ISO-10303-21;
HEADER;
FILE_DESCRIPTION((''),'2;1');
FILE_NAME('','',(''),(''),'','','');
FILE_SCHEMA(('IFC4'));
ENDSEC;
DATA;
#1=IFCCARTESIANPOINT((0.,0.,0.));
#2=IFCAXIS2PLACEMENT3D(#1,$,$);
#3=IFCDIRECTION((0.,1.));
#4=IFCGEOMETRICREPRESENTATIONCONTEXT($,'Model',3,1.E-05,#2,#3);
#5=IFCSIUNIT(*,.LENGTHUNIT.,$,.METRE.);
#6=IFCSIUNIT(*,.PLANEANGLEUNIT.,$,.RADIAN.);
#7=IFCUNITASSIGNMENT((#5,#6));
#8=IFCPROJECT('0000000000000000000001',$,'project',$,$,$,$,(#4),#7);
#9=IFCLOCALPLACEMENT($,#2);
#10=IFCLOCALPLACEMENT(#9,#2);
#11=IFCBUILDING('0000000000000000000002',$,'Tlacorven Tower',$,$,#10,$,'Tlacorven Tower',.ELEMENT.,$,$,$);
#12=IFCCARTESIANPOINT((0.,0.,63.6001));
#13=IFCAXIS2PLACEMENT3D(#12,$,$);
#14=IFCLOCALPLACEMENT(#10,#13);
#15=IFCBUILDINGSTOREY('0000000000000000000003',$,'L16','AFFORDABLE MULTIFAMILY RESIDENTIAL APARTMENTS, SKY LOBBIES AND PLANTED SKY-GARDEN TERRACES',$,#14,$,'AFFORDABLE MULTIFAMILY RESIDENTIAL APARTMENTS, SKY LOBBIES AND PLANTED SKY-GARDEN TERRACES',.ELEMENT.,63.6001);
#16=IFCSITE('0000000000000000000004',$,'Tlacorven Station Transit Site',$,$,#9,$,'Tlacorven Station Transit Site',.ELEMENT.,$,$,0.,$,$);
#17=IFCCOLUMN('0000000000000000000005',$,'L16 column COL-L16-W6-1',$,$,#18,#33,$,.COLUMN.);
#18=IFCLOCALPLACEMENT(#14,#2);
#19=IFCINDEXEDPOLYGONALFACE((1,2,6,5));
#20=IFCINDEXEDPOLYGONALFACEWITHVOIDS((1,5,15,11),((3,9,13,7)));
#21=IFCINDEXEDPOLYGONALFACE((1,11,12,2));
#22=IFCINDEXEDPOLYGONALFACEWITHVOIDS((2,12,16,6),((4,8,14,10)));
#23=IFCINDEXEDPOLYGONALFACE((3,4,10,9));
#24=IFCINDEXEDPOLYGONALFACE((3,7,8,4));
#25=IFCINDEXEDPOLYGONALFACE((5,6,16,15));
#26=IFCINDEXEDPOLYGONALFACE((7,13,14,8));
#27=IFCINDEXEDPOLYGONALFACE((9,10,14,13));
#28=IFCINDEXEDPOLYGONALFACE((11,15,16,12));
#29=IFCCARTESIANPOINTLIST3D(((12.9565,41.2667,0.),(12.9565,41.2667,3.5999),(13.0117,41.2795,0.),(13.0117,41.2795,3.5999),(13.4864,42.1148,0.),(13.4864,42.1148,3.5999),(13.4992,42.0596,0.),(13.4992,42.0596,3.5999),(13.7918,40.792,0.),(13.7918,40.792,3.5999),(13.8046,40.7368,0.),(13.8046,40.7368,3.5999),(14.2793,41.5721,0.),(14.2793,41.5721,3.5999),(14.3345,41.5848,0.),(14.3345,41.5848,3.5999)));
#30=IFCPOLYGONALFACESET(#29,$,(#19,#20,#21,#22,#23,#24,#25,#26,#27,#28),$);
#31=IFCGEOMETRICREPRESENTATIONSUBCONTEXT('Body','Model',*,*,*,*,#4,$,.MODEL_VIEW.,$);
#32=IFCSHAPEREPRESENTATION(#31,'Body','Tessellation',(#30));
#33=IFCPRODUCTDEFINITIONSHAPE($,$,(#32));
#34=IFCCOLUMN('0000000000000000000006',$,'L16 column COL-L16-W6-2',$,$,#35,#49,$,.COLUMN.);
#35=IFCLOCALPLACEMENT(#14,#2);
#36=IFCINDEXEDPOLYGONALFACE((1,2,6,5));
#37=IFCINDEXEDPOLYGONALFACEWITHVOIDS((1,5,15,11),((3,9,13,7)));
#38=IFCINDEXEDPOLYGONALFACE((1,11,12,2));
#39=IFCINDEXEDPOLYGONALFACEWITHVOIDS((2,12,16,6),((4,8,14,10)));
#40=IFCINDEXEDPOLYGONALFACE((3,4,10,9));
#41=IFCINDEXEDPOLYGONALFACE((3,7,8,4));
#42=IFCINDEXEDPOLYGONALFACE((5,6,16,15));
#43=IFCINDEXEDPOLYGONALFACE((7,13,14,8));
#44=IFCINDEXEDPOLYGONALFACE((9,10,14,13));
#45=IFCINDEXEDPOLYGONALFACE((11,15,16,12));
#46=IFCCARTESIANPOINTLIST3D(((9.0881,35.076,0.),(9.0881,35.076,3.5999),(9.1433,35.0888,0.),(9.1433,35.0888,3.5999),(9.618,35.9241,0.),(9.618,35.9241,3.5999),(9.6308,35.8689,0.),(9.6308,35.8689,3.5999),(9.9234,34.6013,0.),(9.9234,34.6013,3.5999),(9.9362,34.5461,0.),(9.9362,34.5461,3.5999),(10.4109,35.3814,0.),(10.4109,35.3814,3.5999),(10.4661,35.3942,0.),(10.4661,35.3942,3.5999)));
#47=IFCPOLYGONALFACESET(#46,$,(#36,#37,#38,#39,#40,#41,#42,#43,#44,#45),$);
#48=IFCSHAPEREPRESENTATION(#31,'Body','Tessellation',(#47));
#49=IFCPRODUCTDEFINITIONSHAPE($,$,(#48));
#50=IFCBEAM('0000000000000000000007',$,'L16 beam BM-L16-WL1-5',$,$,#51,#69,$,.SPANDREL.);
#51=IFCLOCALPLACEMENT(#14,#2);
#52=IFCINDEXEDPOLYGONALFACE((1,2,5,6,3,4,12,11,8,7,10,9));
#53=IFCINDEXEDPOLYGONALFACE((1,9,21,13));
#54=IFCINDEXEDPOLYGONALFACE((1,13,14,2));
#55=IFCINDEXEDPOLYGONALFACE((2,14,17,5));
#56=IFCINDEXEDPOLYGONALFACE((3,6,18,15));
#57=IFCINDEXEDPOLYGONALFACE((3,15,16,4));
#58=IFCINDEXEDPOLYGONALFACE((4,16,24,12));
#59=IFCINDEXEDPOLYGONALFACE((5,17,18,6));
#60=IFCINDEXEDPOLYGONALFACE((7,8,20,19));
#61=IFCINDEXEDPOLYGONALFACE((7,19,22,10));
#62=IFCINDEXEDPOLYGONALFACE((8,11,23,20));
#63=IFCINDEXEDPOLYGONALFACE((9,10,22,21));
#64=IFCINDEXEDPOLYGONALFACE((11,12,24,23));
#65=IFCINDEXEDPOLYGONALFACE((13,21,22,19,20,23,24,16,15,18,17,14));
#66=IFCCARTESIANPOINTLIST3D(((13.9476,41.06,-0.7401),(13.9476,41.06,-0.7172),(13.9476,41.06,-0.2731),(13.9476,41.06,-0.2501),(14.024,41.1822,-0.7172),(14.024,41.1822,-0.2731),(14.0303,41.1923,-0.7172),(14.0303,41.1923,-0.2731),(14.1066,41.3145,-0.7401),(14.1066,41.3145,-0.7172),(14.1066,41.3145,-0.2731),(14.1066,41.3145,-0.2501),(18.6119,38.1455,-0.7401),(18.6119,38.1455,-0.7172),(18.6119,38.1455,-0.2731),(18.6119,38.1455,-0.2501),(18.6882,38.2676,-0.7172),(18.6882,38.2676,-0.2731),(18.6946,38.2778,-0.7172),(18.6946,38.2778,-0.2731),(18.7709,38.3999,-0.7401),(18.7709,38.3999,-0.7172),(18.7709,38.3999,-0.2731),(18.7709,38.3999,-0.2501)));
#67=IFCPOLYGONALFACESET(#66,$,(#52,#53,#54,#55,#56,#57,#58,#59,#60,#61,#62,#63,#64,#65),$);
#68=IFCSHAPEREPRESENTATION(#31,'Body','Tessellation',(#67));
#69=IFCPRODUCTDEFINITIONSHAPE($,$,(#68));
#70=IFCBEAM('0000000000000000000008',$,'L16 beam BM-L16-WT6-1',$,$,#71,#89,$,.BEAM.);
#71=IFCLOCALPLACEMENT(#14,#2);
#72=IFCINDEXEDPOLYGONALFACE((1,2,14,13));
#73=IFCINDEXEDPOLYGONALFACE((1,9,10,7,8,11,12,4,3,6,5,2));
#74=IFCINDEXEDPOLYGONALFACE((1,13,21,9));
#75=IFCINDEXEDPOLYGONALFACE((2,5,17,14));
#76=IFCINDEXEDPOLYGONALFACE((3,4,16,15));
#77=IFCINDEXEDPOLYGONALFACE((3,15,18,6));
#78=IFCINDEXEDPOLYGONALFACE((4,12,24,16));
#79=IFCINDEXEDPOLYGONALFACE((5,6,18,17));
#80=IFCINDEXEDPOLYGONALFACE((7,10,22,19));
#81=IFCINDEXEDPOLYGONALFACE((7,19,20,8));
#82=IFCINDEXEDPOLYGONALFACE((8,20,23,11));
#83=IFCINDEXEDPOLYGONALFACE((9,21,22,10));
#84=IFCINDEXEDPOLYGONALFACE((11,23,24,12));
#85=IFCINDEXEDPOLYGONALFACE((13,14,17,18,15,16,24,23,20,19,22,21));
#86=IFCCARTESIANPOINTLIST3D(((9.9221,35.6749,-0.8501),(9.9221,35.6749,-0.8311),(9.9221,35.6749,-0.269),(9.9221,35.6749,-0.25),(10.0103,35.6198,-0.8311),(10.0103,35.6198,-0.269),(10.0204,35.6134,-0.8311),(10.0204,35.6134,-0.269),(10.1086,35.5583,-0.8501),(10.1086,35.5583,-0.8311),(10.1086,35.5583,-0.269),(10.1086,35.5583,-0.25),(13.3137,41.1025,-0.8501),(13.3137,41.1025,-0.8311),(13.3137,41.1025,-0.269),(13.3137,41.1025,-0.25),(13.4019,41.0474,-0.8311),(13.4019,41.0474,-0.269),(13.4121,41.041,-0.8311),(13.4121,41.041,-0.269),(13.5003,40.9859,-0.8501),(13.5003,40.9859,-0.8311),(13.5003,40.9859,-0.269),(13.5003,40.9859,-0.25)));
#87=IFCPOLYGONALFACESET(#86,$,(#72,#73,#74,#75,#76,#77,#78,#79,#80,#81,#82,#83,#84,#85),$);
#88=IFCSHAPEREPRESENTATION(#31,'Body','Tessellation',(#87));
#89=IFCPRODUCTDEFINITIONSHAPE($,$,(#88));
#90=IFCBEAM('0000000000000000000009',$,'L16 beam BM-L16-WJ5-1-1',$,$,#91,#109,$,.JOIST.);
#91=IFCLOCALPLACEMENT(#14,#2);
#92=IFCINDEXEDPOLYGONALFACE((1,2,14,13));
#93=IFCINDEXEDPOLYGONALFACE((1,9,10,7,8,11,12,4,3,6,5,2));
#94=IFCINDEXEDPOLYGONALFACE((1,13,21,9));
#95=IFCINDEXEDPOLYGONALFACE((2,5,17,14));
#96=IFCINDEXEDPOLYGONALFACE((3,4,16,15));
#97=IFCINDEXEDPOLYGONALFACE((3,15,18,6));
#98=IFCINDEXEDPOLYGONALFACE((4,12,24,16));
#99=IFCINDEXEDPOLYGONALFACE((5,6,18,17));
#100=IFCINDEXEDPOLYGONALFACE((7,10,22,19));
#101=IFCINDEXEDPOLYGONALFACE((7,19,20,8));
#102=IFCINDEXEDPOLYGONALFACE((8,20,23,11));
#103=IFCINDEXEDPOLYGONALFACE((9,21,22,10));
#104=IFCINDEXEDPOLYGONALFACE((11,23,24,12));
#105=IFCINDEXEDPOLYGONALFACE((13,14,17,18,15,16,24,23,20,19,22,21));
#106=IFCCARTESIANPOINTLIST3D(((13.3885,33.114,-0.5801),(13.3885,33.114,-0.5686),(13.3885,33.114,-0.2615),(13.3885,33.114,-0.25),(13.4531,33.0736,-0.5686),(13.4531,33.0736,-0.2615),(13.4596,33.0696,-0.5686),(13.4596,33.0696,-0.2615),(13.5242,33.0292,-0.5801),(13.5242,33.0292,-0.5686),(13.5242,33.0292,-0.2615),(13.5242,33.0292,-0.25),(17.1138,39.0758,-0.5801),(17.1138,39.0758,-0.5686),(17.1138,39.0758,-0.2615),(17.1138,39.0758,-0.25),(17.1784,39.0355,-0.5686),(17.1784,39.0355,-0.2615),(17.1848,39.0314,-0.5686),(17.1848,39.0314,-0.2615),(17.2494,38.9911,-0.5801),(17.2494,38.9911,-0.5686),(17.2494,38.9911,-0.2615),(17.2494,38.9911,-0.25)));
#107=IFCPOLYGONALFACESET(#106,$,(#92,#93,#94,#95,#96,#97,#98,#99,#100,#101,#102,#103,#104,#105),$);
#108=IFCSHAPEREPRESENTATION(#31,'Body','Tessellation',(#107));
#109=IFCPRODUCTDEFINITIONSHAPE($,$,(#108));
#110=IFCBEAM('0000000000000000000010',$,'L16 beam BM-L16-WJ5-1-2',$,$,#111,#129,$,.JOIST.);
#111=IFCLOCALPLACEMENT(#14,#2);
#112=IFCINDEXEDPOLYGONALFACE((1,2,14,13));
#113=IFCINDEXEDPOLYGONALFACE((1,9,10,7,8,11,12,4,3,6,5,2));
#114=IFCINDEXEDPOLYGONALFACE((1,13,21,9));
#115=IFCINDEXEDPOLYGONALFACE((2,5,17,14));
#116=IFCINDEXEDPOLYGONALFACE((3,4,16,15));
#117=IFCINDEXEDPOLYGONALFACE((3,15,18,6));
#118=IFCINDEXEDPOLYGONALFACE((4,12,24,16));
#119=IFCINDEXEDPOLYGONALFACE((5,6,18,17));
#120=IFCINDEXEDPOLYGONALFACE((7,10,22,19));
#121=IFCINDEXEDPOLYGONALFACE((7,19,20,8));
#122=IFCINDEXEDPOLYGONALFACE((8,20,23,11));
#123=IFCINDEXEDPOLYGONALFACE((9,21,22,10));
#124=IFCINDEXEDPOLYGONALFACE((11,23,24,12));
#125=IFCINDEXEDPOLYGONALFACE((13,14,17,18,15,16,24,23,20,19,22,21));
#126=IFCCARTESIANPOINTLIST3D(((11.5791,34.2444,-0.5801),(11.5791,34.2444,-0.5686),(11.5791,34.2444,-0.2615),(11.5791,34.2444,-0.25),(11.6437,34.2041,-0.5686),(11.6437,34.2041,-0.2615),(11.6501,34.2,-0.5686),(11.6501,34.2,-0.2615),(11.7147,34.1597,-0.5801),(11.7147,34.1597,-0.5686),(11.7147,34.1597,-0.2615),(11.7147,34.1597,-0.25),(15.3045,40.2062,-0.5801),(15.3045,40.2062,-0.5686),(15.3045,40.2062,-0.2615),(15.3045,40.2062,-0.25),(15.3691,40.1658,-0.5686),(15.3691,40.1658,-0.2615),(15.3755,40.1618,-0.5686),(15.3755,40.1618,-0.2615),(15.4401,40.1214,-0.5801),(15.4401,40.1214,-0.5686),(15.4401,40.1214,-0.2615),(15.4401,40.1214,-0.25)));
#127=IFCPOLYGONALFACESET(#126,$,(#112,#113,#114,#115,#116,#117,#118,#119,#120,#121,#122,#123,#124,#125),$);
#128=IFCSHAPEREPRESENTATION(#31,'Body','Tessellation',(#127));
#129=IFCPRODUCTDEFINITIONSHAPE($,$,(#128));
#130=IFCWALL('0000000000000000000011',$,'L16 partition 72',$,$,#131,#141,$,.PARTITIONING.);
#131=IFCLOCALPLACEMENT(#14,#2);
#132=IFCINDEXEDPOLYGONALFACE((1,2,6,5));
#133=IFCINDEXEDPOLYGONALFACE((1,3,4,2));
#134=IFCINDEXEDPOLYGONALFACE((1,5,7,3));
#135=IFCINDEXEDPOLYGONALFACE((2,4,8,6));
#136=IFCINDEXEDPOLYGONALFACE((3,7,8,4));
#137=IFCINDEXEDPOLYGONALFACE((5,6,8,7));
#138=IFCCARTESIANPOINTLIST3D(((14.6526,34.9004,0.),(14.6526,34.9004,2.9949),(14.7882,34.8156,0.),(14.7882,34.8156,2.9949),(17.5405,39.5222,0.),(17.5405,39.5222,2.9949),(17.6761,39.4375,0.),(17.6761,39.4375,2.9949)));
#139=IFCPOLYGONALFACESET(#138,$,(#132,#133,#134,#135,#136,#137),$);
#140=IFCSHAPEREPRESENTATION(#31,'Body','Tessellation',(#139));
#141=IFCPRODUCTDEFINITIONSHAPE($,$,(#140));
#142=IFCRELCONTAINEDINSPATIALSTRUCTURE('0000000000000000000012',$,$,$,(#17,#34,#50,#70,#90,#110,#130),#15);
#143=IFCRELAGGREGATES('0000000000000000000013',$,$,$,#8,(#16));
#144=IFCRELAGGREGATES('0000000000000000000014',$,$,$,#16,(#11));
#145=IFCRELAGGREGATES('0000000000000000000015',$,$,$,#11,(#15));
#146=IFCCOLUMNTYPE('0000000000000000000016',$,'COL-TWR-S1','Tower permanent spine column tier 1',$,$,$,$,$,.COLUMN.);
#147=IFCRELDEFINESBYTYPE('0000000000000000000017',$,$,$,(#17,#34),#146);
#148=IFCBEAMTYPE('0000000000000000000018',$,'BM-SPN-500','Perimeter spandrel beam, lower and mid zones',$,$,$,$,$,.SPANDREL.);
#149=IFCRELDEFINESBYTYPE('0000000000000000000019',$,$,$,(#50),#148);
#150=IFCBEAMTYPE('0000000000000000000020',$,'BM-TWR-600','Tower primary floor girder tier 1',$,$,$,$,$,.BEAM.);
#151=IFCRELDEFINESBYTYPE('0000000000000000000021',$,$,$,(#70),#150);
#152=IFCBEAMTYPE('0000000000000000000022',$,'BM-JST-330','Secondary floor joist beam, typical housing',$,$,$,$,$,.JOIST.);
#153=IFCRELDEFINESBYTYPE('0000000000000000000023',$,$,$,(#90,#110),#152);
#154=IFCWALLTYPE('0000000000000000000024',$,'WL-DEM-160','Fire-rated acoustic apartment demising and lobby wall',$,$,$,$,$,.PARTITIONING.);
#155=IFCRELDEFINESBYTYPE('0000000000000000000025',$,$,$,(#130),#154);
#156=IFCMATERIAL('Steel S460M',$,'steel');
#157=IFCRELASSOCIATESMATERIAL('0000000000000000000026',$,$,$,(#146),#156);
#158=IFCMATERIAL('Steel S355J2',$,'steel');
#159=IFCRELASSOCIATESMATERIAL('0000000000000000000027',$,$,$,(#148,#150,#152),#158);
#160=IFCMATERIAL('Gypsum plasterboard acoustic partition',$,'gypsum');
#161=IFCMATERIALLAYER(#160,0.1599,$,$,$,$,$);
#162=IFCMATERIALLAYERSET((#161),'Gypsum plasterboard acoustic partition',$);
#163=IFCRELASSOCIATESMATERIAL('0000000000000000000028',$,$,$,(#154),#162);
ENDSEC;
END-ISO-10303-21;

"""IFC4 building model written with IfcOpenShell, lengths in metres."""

from ifc_helpers import new_model, si_unit, direction, frame, frame_2d, origin, origin_2d, place, context, subcontext, project, spatial, rectangle, hollow_rectangle, i_section, extrude, source, transform, mapped, material, layer, layer_set, material_profile, profile_set, type_object, element, save


model = new_model("IFC4")

# Units and contexts
model_context = context("Model", 3, precision=1e-05, world=origin(), true_north=direction((0.0, 1.0)))
body_context = subcontext(model_context, "Body", "Model", "MODEL_VIEW")
ifc_project = project(units=[si_unit("LENGTHUNIT", "METRE"), si_unit("PLANEANGLEUNIT", "RADIAN")], contexts=[model_context])

# Site, building, storey
site_placement = place(None, origin())
site = spatial("IfcSite", under=ifc_project, at=site_placement, Name="Tlacorven Station Transit Site", LongName="Tlacorven Station Transit Site", CompositionType="ELEMENT", RefElevation=0.0)
building_placement = place(site_placement, origin())
building = spatial("IfcBuilding", under=site, at=building_placement, Name="Tlacorven Tower", LongName="Tlacorven Tower", CompositionType="ELEMENT")
storey_placement = place(building_placement, frame((0.0, 0.0, 63.6001)))
storey = spatial("IfcBuildingStorey", under=building, at=storey_placement, Name="L16", Description="AFFORDABLE MULTIFAMILY RESIDENTIAL APARTMENTS, SKY LOBBIES AND PLANTED SKY-GARDEN TERRACES", LongName="AFFORDABLE MULTIFAMILY RESIDENTIAL APARTMENTS, SKY LOBBIES AND PLANTED SKY-GARDEN TERRACES", CompositionType="ELEMENT", Elevation=63.6001)

# Columns
ifc_material_1 = material(Name="Steel S460M", Category="steel")
ifc_material_profile_1 = material_profile(ifc_material_1, hollow_rectangle(XDim=1.0, YDim=1.0, WallThickness=0.04, at=origin_2d()), Name="BOX 1000X1000X40")
ifc_profile_set_1 = profile_set([ifc_material_profile_1], Name="Steel S460M")
column_type = type_object("IfcColumnType", Name="COL-TWR-S1", Description="Tower permanent spine column tier 1", PredefinedType="COLUMN", material=ifc_profile_set_1)
shared_shape_1 = source(origin(), body_context, "Body", "SweptSolid", [
    extrude(hollow_rectangle(XDim=1.0, YDim=1.0, WallThickness=0.04, at=origin_2d()), origin(), (0.0, 0.0, 1.0), 3.5999),
])
for number, where, z_axis, x_axis, name in (
    (1, (13.6455, 41.4258, 0.0), (0.0, 0.0, 1.0), (-0.848048, 0.529919, 0.0), "L16 column COL-L16-W6-1"),
    (2, (9.7771, 35.2351, 0.0), (0.0, 0.0, 1.0), (-0.848048, 0.529919, 0.0), "L16 column COL-L16-W6-2"),
):
    element("IfcColumn", number, at=place(storey_placement, frame(where, z_axis=z_axis, x_axis=x_axis)), inside=storey, type_object=column_type, Name=name, PredefinedType="COLUMN", context=body_context, shape_type="MappedRepresentation", body=[
        mapped(shared_shape_1, transform((0.0, 0.0, 0.0), scale=1.0)),
    ])

# Beams
ifc_material_2 = material(Name="Steel S355J2", Category="steel")
ifc_material_profile_2 = material_profile(ifc_material_2, i_section(OverallWidth=0.3, OverallDepth=0.49, WebThickness=0.012, FlangeThickness=0.0229, at=origin_2d()), Name="HEA 500")
ifc_profile_set_2 = profile_set([ifc_material_profile_2], Name="Steel S355J2")
beam_type_1 = type_object("IfcBeamType", Name="BM-SPN-500", Description="Perimeter spandrel beam, lower and mid zones", PredefinedType="SPANDREL", material=ifc_profile_set_2)
shared_shape_2 = source(origin(), body_context, "Body", "SweptSolid", [
    extrude(i_section(OverallWidth=0.3, OverallDepth=0.49, WebThickness=0.012, FlangeThickness=0.0229, at=origin_2d()), origin(), (0.0, 0.0, 1.0), 5.5),
])
beam_1_placement = place(storey_placement, frame((18.6914, 38.2727, -0.4951), z_axis=(-0.848051, 0.529915, 0.0), x_axis=(-0.529915, -0.848051, 0.0)))
element("IfcBeam", 3, at=beam_1_placement, inside=storey, type_object=beam_type_1, Name="L16 beam BM-L16-WL1-5", PredefinedType="SPANDREL", context=body_context, shape_type="MappedRepresentation", body=[
    mapped(shared_shape_2, transform((0.0, 0.0, 0.0), scale=1.0)),
])
ifc_material_profile_3 = material_profile(ifc_material_2, i_section(OverallWidth=0.22, OverallDepth=0.6001, WebThickness=0.012, FlangeThickness=0.019, at=origin_2d()), Name="IPE 600")
ifc_profile_set_3 = profile_set([ifc_material_profile_3], Name="Steel S355J2")
beam_type_2 = type_object("IfcBeamType", Name="BM-TWR-600", Description="Tower primary floor girder tier 1", PredefinedType="BEAM", material=ifc_profile_set_3)
shared_shape_3 = source(origin(), body_context, "Body", "SweptSolid", [
    extrude(i_section(OverallWidth=0.22, OverallDepth=0.6001, WebThickness=0.012, FlangeThickness=0.019, at=origin_2d()), origin(), (0.0, 0.0, 1.0), 6.4001),
])
beam_2_placement = place(storey_placement, frame((13.407, 41.0442, -0.55), z_axis=(-0.529934, -0.848039, 0.0), x_axis=(0.848039, -0.529934, 0.0)))
element("IfcBeam", 4, at=beam_2_placement, inside=storey, type_object=beam_type_2, Name="L16 beam BM-L16-WT6-1", PredefinedType="BEAM", context=body_context, shape_type="MappedRepresentation", body=[
    mapped(shared_shape_3, transform((0.0, 0.0, 0.0), scale=1.0)),
])
ifc_material_profile_4 = material_profile(ifc_material_2, i_section(OverallWidth=0.1599, OverallDepth=0.3301, WebThickness=0.0076, FlangeThickness=0.0115, at=origin_2d()), Name="IPE 330")
ifc_profile_set_4 = profile_set([ifc_material_profile_4], Name="Steel S355J2")
beam_type_3 = type_object("IfcBeamType", Name="BM-JST-330", Description="Secondary floor joist beam, typical housing", PredefinedType="JOIST", material=ifc_profile_set_4)
shared_shape_4 = source(origin(), body_context, "Body", "SweptSolid", [
    extrude(i_section(OverallWidth=0.1599, OverallDepth=0.3301, WebThickness=0.0076, FlangeThickness=0.0115, at=origin_2d()), origin(), (0.0, 0.0, 1.0), 7.03),
])
for number, where, z_axis, x_axis, name in (
    (5, (17.1816, 39.0334, -0.415), (-0.529912, -0.848053, 0.0), (0.848053, -0.529912, 0.0), "L16 beam BM-L16-WJ5-1-1"),
    (6, (15.3723, 40.1638, -0.415), (-0.529927, -0.848043, 0.0), (0.848043, -0.529927, 0.0), "L16 beam BM-L16-WJ5-1-2"),
):
    element("IfcBeam", number, at=place(storey_placement, frame(where, z_axis=z_axis, x_axis=x_axis)), inside=storey, type_object=beam_type_3, Name=name, PredefinedType="JOIST", context=body_context, shape_type="MappedRepresentation", body=[
        mapped(shared_shape_4, transform((0.0, 0.0, 0.0), scale=1.0)),
    ])

# Wall
ifc_material_3 = material(Name="Gypsum plasterboard acoustic partition", Category="gypsum")
ifc_layer_1 = layer(ifc_material_3, 0.1599)
ifc_layer_set_1 = layer_set([ifc_layer_1], Name="Gypsum plasterboard acoustic partition")
wall_type_1 = type_object("IfcWallType", Name="WL-DEM-160", Description="Fire-rated acoustic apartment demising and lobby wall", PredefinedType="PARTITIONING", material=ifc_layer_set_1)
wall_1_placement = place(storey_placement, frame((17.6084, 39.48, 0.0), z_axis=(0.0, 0.0, 1.0), x_axis=(-0.529906, -0.848056, 0.0)))
element("IfcWall", 7, at=wall_1_placement, inside=storey, type_object=wall_type_1, Name="L16 partition 72", PredefinedType="PARTITIONING", context=body_context, shape_type="SweptSolid", body=[
    extrude(rectangle(XDim=5.45, YDim=0.1599, at=frame_2d((2.7251, 0.0))), origin(), (0.0, 0.0, 1.0), 2.9949),
])

save(model, "model.ifc")
